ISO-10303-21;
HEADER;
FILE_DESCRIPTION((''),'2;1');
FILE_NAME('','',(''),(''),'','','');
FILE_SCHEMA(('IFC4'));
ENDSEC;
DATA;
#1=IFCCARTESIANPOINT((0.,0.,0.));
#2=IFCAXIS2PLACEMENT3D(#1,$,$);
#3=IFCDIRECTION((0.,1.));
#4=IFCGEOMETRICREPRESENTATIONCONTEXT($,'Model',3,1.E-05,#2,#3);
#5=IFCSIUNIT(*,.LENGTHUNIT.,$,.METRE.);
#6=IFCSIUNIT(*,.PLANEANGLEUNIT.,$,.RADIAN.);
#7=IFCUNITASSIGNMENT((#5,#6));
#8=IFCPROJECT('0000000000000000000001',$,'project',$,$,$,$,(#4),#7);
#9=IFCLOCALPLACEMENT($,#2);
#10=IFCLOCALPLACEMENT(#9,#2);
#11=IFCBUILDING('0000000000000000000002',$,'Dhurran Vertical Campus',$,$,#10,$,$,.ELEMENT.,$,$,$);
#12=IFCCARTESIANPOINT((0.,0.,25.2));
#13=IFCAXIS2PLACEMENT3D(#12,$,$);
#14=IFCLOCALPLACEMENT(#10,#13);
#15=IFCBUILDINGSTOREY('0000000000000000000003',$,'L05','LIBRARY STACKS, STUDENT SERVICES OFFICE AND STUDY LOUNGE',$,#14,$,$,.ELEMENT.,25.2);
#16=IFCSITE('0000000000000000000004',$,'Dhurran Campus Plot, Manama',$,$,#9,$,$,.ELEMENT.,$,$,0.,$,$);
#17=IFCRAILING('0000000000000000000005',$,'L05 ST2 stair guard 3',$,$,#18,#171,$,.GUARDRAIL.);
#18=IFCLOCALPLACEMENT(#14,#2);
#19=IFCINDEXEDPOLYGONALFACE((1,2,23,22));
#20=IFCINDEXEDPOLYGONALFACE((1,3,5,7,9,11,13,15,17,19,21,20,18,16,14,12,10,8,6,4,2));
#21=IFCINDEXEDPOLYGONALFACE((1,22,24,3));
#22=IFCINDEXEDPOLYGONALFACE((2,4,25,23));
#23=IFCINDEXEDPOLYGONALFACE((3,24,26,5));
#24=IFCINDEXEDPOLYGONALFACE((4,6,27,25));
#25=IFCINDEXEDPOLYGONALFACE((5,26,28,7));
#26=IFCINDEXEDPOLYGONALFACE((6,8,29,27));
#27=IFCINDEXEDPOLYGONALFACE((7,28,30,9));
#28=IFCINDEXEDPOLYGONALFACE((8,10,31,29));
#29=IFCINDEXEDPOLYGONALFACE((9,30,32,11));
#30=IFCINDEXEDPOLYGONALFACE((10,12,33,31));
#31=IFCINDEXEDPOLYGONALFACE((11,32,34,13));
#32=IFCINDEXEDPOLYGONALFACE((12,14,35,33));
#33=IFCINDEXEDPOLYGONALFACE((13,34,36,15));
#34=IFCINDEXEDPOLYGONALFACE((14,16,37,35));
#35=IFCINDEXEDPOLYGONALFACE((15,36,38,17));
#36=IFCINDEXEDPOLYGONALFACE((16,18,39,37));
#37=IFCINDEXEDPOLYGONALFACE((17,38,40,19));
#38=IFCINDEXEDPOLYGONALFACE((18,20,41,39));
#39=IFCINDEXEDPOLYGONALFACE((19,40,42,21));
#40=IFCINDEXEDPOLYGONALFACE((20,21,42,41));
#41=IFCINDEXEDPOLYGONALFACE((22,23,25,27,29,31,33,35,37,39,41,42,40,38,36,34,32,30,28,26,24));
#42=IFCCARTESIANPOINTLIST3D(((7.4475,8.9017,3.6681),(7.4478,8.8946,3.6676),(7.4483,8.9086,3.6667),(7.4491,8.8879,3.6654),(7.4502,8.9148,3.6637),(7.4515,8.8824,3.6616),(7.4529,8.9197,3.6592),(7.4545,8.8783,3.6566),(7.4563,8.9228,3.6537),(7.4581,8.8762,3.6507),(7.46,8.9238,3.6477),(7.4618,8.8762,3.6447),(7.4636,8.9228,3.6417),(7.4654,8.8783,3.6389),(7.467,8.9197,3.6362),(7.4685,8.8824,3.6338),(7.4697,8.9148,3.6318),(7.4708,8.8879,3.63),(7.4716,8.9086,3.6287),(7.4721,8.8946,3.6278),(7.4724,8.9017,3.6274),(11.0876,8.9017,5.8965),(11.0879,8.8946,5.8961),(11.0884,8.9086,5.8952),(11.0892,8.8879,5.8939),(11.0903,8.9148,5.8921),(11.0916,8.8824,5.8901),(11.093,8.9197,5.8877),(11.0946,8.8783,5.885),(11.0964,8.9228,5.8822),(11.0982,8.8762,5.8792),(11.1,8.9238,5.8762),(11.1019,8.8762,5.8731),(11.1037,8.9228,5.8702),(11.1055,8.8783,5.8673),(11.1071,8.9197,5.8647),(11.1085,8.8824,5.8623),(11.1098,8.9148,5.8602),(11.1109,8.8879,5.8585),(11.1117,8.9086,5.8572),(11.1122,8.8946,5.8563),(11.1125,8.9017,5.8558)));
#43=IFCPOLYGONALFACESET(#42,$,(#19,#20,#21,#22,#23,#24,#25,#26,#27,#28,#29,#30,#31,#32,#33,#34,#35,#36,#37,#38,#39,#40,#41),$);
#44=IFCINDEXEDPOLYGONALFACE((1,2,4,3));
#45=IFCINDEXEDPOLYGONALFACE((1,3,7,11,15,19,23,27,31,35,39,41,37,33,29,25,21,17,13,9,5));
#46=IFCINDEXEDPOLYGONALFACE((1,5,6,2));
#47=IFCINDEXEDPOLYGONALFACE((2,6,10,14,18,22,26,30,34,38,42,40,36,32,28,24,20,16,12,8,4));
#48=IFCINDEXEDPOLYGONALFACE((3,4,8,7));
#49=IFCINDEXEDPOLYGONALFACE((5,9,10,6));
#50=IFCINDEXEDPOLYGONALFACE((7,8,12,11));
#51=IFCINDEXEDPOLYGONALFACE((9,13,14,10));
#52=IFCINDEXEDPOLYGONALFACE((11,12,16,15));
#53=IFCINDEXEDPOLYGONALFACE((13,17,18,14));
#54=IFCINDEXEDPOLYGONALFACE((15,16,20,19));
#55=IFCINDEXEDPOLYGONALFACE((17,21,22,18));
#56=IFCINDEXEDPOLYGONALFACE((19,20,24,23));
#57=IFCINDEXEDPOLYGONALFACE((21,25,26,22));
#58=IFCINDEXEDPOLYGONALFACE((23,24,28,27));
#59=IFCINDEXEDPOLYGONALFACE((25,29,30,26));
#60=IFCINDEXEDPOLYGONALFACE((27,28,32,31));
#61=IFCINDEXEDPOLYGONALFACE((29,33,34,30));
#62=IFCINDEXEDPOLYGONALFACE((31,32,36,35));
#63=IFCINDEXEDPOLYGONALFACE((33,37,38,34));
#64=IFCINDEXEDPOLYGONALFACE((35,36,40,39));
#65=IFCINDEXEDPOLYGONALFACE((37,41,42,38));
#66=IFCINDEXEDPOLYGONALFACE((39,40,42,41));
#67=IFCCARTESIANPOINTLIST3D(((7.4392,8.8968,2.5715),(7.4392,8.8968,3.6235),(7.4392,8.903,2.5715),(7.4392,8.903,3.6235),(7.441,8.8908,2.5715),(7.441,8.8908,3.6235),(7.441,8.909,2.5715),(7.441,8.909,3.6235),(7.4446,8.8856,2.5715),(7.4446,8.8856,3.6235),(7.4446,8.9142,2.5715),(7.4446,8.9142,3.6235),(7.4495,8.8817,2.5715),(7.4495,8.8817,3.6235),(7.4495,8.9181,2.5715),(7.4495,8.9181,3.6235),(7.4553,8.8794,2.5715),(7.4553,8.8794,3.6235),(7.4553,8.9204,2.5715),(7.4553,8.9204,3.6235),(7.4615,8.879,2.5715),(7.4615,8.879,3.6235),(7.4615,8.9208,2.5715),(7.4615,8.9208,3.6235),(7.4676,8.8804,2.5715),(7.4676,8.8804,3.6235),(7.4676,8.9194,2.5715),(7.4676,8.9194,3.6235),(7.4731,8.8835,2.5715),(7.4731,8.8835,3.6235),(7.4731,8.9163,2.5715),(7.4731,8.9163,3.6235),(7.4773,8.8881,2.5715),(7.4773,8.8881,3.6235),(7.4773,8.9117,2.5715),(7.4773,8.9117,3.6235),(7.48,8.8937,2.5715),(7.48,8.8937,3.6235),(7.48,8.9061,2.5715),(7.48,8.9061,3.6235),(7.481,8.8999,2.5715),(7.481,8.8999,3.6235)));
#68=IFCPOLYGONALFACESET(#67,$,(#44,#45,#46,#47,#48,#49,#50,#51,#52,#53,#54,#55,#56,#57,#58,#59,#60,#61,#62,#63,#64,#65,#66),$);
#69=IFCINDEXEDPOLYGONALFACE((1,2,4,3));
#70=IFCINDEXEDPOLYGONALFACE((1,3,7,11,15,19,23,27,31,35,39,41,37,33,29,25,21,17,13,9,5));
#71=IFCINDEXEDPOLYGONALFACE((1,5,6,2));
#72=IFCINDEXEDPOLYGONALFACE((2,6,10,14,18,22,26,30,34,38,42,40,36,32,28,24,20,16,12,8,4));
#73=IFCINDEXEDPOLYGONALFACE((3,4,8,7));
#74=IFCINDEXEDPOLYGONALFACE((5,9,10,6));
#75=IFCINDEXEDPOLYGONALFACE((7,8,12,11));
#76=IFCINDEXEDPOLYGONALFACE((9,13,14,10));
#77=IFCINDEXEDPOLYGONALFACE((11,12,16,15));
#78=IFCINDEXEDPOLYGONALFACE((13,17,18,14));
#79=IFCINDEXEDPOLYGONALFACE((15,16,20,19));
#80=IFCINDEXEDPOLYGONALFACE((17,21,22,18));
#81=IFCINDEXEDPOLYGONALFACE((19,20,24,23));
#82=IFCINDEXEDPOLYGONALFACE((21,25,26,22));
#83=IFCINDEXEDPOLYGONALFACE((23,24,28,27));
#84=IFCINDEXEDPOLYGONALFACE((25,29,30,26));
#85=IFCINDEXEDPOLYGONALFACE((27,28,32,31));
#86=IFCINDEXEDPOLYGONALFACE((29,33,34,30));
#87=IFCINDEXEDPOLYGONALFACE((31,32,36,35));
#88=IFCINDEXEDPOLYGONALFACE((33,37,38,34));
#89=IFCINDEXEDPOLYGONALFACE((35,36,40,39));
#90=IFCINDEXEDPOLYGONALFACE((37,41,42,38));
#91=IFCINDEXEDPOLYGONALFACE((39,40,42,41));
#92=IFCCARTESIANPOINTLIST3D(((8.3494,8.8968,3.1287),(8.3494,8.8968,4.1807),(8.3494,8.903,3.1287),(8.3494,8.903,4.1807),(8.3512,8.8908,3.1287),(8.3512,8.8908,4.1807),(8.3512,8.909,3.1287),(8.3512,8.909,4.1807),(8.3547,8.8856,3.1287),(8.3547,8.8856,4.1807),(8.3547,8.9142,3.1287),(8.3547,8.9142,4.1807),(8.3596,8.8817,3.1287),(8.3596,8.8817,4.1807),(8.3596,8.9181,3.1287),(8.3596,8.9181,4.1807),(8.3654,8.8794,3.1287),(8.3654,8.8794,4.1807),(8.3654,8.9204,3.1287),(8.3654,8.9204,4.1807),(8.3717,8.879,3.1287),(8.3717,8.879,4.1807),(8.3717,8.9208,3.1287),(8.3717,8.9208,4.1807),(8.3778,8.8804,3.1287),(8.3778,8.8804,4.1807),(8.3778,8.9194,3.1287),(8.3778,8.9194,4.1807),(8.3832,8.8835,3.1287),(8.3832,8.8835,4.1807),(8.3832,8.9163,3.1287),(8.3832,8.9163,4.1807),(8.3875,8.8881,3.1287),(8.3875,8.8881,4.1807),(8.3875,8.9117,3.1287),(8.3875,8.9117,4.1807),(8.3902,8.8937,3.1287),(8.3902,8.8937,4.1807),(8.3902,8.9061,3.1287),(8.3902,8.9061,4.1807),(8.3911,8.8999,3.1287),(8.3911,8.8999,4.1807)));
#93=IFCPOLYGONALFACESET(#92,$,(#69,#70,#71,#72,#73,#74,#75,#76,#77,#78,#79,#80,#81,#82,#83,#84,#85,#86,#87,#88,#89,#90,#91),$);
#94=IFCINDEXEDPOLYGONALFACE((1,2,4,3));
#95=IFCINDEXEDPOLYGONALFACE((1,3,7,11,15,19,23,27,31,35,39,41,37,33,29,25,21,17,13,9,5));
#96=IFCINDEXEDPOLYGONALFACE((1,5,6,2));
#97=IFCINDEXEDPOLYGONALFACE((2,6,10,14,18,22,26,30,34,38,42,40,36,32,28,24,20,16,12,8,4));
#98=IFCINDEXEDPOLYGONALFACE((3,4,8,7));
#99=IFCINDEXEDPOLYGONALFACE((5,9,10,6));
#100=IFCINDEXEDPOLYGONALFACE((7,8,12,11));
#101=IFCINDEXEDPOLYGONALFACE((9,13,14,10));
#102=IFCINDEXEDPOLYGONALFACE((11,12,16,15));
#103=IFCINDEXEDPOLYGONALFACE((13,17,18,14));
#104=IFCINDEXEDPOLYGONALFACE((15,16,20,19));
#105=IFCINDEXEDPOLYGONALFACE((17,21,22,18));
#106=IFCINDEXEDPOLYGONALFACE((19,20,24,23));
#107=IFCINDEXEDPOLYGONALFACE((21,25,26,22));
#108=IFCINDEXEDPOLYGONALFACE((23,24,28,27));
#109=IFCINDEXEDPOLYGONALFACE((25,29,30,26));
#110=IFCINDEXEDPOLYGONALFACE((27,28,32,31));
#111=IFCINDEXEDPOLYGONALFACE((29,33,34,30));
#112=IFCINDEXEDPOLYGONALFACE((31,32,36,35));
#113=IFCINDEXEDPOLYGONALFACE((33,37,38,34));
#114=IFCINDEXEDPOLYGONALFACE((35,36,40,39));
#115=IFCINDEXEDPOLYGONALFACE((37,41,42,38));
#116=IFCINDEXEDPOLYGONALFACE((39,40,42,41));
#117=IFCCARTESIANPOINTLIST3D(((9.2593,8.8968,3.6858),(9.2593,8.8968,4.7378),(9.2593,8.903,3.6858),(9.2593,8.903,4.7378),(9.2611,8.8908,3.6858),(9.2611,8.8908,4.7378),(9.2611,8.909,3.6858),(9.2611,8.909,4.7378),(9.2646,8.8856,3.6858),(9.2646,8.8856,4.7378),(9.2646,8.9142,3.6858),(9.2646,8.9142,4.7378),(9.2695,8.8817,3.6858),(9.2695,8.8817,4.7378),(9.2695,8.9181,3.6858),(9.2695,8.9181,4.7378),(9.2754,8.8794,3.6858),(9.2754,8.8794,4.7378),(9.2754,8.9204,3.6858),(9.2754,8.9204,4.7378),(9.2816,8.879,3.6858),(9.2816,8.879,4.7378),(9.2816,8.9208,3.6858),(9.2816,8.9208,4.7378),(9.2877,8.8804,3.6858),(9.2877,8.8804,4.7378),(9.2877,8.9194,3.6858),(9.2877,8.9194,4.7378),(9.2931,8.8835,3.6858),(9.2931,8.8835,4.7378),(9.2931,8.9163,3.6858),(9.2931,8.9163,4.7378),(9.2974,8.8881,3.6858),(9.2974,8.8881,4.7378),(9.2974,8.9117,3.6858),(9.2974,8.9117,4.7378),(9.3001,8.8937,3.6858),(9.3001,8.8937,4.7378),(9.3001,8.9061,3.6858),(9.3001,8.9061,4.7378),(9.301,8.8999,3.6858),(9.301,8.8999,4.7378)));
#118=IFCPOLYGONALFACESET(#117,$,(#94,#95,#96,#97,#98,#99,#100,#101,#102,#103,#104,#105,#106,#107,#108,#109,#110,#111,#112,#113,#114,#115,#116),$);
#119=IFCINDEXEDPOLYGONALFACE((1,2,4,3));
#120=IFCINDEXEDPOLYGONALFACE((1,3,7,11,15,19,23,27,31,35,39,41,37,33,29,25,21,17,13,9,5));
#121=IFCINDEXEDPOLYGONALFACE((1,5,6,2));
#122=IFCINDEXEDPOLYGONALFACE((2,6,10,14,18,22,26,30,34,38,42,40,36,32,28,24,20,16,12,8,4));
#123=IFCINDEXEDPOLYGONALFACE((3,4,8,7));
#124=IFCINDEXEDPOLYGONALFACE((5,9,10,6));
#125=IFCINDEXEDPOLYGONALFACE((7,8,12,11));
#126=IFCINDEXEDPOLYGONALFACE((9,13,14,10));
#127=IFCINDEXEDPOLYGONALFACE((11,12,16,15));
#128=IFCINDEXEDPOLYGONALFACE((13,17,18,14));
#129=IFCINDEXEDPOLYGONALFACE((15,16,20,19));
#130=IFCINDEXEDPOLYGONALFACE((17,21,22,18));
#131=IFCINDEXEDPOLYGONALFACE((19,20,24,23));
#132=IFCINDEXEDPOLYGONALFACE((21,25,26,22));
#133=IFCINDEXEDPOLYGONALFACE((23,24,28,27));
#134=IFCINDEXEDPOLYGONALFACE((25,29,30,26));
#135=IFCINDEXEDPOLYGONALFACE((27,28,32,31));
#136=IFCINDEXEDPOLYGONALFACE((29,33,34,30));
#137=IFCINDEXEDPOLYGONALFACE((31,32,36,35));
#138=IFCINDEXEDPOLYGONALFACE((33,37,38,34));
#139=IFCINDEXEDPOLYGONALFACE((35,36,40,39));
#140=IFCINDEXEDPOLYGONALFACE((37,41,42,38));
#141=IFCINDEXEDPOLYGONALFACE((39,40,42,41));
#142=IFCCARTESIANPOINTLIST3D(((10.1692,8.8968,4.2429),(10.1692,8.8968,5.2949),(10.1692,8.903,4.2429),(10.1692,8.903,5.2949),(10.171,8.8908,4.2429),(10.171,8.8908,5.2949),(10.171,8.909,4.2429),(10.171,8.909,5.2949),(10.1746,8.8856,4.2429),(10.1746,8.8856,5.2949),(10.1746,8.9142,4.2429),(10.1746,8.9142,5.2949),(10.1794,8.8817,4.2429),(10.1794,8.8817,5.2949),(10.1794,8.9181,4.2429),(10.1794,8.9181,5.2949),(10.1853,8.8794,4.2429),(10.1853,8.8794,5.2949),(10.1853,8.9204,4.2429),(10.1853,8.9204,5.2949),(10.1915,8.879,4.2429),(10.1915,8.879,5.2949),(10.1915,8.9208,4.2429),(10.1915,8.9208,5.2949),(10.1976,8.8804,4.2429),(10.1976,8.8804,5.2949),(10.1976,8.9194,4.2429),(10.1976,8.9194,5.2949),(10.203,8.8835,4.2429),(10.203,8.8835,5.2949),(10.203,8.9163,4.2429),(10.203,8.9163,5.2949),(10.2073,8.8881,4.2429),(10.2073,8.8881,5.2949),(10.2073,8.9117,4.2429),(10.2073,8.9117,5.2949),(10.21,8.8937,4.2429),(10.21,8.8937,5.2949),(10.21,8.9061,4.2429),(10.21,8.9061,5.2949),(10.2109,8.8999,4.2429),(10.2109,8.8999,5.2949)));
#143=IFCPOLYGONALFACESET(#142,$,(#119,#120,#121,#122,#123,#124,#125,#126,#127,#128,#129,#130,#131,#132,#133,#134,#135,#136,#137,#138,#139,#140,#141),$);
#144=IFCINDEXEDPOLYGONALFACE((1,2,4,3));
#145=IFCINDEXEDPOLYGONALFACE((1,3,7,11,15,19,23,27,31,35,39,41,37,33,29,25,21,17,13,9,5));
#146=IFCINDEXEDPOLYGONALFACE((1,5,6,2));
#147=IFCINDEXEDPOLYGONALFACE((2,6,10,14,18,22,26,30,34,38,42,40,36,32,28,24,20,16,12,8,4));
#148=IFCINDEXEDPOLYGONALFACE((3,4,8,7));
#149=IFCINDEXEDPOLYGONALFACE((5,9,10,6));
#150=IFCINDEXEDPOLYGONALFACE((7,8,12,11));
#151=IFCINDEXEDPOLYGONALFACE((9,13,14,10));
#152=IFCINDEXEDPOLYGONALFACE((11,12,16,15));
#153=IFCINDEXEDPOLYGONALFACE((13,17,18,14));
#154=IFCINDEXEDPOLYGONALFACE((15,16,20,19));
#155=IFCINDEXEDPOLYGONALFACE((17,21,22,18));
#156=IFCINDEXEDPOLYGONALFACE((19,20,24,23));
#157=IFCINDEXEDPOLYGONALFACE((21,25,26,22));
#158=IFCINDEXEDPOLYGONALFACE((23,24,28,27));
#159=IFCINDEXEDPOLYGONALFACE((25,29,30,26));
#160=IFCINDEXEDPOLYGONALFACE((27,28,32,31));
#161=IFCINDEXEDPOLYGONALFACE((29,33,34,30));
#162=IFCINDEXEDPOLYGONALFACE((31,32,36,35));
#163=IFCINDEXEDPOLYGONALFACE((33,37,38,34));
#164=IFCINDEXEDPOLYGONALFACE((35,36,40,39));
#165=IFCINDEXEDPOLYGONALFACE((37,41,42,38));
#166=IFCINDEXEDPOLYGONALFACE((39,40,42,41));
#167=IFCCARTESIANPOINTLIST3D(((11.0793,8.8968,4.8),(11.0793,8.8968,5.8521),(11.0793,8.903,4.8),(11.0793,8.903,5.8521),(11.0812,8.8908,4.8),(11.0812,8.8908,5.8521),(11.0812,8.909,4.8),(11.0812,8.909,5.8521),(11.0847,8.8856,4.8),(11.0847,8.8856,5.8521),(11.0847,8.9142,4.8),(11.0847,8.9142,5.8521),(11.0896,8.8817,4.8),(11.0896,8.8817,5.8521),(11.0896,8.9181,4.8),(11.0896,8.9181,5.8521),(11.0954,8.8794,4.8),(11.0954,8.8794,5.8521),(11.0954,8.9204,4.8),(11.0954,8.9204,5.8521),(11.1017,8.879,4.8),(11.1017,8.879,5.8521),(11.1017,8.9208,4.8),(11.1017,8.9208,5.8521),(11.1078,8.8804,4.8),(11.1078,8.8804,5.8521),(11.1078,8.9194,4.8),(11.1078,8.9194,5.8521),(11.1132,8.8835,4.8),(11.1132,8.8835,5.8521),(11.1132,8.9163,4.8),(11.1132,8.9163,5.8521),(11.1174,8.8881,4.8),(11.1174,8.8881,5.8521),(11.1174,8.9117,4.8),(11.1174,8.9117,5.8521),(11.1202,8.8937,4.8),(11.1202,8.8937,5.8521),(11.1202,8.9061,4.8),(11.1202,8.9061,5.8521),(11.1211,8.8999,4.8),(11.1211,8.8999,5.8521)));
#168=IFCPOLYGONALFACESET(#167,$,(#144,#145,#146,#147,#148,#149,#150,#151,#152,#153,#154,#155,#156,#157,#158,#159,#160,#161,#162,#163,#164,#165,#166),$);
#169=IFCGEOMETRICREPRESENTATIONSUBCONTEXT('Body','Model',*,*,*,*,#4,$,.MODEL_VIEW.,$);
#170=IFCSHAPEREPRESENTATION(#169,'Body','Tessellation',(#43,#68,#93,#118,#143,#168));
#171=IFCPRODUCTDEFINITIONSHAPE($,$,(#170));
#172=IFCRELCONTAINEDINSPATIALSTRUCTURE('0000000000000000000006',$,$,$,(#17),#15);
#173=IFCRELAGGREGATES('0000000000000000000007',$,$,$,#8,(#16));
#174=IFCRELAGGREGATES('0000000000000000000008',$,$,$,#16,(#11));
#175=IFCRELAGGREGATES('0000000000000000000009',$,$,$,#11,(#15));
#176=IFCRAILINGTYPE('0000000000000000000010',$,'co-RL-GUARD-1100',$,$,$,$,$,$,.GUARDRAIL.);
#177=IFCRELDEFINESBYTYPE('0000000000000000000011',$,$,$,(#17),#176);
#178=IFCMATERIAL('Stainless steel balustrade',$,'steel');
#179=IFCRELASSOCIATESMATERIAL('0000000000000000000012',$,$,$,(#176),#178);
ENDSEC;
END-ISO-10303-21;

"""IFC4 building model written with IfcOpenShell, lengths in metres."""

from ifc_helpers import new_model, si_unit, direction, frame, origin, origin_2d, place, context, subcontext, project, spatial, circle, extrude, material, type_object, element, save


model = new_model("IFC4")

# Units and contexts
model_context = context("Model", 3, precision=1e-05, world=origin(), true_north=direction((0.0, 1.0)))
body_context = subcontext(model_context, "Body", "Model", "MODEL_VIEW")
ifc_project = project(units=[si_unit("LENGTHUNIT", "METRE"), si_unit("PLANEANGLEUNIT", "RADIAN")], contexts=[model_context])

# Site, building, storey
site_placement = place(None, origin())
site = spatial("IfcSite", under=ifc_project, at=site_placement, Name="Dhurran Campus Plot, Manama", CompositionType="ELEMENT", RefElevation=0.0)
building_placement = place(site_placement, origin())
building = spatial("IfcBuilding", under=site, at=building_placement, Name="Dhurran Vertical Campus", CompositionType="ELEMENT")
storey_placement = place(building_placement, frame((0.0, 0.0, 25.2)))
storey = spatial("IfcBuildingStorey", under=building, at=storey_placement, Name="L05", Description="LIBRARY STACKS, STUDENT SERVICES OFFICE AND STUDY LOUNGE", CompositionType="ELEMENT", Elevation=25.2)

# Railing
ifc_material_1 = material(Name="Stainless steel balustrade", Category="steel")
railing_type_1 = type_object("IfcRailingType", Name="co-RL-GUARD-1100", PredefinedType="GUARDRAIL", material=ifc_material_1)
railing_1_placement = place(storey_placement, frame((7.46, 8.8999, 2.5715)))
element("IfcRailing", 1, at=railing_1_placement, inside=storey, type_object=railing_type_1, Name="L05 ST2 stair guard 3", PredefinedType="GUARDRAIL", context=body_context, shape_type="SweptSolid", body=[
    extrude(circle(Radius=0.0239, at=origin_2d()), frame((0.0, 0.0, 1.0762), z_axis=(0.852866, 0.0, 0.52213), x_axis=(0.0, 1.0, 0.0)), (0.0, 0.0, 1.0), 4.2681),
    extrude(circle(Radius=0.021, at=origin_2d()), origin(), (0.0, 0.0, 1.0), 1.052),
    extrude(circle(Radius=0.021, at=origin_2d()), frame((0.9102, 0.0, 0.5571)), (0.0, 0.0, 1.0), 1.052),
    extrude(circle(Radius=0.021, at=origin_2d()), frame((1.8201, 0.0, 1.1143)), (0.0, 0.0, 1.0), 1.052),
    extrude(circle(Radius=0.021, at=origin_2d()), frame((2.73, 0.0, 1.6714)), (0.0, 0.0, 1.0), 1.052),
    extrude(circle(Radius=0.021, at=origin_2d()), frame((3.6401, 0.0, 2.2285)), (0.0, 0.0, 1.0), 1.052),
])

save(model, "model.ifc")
